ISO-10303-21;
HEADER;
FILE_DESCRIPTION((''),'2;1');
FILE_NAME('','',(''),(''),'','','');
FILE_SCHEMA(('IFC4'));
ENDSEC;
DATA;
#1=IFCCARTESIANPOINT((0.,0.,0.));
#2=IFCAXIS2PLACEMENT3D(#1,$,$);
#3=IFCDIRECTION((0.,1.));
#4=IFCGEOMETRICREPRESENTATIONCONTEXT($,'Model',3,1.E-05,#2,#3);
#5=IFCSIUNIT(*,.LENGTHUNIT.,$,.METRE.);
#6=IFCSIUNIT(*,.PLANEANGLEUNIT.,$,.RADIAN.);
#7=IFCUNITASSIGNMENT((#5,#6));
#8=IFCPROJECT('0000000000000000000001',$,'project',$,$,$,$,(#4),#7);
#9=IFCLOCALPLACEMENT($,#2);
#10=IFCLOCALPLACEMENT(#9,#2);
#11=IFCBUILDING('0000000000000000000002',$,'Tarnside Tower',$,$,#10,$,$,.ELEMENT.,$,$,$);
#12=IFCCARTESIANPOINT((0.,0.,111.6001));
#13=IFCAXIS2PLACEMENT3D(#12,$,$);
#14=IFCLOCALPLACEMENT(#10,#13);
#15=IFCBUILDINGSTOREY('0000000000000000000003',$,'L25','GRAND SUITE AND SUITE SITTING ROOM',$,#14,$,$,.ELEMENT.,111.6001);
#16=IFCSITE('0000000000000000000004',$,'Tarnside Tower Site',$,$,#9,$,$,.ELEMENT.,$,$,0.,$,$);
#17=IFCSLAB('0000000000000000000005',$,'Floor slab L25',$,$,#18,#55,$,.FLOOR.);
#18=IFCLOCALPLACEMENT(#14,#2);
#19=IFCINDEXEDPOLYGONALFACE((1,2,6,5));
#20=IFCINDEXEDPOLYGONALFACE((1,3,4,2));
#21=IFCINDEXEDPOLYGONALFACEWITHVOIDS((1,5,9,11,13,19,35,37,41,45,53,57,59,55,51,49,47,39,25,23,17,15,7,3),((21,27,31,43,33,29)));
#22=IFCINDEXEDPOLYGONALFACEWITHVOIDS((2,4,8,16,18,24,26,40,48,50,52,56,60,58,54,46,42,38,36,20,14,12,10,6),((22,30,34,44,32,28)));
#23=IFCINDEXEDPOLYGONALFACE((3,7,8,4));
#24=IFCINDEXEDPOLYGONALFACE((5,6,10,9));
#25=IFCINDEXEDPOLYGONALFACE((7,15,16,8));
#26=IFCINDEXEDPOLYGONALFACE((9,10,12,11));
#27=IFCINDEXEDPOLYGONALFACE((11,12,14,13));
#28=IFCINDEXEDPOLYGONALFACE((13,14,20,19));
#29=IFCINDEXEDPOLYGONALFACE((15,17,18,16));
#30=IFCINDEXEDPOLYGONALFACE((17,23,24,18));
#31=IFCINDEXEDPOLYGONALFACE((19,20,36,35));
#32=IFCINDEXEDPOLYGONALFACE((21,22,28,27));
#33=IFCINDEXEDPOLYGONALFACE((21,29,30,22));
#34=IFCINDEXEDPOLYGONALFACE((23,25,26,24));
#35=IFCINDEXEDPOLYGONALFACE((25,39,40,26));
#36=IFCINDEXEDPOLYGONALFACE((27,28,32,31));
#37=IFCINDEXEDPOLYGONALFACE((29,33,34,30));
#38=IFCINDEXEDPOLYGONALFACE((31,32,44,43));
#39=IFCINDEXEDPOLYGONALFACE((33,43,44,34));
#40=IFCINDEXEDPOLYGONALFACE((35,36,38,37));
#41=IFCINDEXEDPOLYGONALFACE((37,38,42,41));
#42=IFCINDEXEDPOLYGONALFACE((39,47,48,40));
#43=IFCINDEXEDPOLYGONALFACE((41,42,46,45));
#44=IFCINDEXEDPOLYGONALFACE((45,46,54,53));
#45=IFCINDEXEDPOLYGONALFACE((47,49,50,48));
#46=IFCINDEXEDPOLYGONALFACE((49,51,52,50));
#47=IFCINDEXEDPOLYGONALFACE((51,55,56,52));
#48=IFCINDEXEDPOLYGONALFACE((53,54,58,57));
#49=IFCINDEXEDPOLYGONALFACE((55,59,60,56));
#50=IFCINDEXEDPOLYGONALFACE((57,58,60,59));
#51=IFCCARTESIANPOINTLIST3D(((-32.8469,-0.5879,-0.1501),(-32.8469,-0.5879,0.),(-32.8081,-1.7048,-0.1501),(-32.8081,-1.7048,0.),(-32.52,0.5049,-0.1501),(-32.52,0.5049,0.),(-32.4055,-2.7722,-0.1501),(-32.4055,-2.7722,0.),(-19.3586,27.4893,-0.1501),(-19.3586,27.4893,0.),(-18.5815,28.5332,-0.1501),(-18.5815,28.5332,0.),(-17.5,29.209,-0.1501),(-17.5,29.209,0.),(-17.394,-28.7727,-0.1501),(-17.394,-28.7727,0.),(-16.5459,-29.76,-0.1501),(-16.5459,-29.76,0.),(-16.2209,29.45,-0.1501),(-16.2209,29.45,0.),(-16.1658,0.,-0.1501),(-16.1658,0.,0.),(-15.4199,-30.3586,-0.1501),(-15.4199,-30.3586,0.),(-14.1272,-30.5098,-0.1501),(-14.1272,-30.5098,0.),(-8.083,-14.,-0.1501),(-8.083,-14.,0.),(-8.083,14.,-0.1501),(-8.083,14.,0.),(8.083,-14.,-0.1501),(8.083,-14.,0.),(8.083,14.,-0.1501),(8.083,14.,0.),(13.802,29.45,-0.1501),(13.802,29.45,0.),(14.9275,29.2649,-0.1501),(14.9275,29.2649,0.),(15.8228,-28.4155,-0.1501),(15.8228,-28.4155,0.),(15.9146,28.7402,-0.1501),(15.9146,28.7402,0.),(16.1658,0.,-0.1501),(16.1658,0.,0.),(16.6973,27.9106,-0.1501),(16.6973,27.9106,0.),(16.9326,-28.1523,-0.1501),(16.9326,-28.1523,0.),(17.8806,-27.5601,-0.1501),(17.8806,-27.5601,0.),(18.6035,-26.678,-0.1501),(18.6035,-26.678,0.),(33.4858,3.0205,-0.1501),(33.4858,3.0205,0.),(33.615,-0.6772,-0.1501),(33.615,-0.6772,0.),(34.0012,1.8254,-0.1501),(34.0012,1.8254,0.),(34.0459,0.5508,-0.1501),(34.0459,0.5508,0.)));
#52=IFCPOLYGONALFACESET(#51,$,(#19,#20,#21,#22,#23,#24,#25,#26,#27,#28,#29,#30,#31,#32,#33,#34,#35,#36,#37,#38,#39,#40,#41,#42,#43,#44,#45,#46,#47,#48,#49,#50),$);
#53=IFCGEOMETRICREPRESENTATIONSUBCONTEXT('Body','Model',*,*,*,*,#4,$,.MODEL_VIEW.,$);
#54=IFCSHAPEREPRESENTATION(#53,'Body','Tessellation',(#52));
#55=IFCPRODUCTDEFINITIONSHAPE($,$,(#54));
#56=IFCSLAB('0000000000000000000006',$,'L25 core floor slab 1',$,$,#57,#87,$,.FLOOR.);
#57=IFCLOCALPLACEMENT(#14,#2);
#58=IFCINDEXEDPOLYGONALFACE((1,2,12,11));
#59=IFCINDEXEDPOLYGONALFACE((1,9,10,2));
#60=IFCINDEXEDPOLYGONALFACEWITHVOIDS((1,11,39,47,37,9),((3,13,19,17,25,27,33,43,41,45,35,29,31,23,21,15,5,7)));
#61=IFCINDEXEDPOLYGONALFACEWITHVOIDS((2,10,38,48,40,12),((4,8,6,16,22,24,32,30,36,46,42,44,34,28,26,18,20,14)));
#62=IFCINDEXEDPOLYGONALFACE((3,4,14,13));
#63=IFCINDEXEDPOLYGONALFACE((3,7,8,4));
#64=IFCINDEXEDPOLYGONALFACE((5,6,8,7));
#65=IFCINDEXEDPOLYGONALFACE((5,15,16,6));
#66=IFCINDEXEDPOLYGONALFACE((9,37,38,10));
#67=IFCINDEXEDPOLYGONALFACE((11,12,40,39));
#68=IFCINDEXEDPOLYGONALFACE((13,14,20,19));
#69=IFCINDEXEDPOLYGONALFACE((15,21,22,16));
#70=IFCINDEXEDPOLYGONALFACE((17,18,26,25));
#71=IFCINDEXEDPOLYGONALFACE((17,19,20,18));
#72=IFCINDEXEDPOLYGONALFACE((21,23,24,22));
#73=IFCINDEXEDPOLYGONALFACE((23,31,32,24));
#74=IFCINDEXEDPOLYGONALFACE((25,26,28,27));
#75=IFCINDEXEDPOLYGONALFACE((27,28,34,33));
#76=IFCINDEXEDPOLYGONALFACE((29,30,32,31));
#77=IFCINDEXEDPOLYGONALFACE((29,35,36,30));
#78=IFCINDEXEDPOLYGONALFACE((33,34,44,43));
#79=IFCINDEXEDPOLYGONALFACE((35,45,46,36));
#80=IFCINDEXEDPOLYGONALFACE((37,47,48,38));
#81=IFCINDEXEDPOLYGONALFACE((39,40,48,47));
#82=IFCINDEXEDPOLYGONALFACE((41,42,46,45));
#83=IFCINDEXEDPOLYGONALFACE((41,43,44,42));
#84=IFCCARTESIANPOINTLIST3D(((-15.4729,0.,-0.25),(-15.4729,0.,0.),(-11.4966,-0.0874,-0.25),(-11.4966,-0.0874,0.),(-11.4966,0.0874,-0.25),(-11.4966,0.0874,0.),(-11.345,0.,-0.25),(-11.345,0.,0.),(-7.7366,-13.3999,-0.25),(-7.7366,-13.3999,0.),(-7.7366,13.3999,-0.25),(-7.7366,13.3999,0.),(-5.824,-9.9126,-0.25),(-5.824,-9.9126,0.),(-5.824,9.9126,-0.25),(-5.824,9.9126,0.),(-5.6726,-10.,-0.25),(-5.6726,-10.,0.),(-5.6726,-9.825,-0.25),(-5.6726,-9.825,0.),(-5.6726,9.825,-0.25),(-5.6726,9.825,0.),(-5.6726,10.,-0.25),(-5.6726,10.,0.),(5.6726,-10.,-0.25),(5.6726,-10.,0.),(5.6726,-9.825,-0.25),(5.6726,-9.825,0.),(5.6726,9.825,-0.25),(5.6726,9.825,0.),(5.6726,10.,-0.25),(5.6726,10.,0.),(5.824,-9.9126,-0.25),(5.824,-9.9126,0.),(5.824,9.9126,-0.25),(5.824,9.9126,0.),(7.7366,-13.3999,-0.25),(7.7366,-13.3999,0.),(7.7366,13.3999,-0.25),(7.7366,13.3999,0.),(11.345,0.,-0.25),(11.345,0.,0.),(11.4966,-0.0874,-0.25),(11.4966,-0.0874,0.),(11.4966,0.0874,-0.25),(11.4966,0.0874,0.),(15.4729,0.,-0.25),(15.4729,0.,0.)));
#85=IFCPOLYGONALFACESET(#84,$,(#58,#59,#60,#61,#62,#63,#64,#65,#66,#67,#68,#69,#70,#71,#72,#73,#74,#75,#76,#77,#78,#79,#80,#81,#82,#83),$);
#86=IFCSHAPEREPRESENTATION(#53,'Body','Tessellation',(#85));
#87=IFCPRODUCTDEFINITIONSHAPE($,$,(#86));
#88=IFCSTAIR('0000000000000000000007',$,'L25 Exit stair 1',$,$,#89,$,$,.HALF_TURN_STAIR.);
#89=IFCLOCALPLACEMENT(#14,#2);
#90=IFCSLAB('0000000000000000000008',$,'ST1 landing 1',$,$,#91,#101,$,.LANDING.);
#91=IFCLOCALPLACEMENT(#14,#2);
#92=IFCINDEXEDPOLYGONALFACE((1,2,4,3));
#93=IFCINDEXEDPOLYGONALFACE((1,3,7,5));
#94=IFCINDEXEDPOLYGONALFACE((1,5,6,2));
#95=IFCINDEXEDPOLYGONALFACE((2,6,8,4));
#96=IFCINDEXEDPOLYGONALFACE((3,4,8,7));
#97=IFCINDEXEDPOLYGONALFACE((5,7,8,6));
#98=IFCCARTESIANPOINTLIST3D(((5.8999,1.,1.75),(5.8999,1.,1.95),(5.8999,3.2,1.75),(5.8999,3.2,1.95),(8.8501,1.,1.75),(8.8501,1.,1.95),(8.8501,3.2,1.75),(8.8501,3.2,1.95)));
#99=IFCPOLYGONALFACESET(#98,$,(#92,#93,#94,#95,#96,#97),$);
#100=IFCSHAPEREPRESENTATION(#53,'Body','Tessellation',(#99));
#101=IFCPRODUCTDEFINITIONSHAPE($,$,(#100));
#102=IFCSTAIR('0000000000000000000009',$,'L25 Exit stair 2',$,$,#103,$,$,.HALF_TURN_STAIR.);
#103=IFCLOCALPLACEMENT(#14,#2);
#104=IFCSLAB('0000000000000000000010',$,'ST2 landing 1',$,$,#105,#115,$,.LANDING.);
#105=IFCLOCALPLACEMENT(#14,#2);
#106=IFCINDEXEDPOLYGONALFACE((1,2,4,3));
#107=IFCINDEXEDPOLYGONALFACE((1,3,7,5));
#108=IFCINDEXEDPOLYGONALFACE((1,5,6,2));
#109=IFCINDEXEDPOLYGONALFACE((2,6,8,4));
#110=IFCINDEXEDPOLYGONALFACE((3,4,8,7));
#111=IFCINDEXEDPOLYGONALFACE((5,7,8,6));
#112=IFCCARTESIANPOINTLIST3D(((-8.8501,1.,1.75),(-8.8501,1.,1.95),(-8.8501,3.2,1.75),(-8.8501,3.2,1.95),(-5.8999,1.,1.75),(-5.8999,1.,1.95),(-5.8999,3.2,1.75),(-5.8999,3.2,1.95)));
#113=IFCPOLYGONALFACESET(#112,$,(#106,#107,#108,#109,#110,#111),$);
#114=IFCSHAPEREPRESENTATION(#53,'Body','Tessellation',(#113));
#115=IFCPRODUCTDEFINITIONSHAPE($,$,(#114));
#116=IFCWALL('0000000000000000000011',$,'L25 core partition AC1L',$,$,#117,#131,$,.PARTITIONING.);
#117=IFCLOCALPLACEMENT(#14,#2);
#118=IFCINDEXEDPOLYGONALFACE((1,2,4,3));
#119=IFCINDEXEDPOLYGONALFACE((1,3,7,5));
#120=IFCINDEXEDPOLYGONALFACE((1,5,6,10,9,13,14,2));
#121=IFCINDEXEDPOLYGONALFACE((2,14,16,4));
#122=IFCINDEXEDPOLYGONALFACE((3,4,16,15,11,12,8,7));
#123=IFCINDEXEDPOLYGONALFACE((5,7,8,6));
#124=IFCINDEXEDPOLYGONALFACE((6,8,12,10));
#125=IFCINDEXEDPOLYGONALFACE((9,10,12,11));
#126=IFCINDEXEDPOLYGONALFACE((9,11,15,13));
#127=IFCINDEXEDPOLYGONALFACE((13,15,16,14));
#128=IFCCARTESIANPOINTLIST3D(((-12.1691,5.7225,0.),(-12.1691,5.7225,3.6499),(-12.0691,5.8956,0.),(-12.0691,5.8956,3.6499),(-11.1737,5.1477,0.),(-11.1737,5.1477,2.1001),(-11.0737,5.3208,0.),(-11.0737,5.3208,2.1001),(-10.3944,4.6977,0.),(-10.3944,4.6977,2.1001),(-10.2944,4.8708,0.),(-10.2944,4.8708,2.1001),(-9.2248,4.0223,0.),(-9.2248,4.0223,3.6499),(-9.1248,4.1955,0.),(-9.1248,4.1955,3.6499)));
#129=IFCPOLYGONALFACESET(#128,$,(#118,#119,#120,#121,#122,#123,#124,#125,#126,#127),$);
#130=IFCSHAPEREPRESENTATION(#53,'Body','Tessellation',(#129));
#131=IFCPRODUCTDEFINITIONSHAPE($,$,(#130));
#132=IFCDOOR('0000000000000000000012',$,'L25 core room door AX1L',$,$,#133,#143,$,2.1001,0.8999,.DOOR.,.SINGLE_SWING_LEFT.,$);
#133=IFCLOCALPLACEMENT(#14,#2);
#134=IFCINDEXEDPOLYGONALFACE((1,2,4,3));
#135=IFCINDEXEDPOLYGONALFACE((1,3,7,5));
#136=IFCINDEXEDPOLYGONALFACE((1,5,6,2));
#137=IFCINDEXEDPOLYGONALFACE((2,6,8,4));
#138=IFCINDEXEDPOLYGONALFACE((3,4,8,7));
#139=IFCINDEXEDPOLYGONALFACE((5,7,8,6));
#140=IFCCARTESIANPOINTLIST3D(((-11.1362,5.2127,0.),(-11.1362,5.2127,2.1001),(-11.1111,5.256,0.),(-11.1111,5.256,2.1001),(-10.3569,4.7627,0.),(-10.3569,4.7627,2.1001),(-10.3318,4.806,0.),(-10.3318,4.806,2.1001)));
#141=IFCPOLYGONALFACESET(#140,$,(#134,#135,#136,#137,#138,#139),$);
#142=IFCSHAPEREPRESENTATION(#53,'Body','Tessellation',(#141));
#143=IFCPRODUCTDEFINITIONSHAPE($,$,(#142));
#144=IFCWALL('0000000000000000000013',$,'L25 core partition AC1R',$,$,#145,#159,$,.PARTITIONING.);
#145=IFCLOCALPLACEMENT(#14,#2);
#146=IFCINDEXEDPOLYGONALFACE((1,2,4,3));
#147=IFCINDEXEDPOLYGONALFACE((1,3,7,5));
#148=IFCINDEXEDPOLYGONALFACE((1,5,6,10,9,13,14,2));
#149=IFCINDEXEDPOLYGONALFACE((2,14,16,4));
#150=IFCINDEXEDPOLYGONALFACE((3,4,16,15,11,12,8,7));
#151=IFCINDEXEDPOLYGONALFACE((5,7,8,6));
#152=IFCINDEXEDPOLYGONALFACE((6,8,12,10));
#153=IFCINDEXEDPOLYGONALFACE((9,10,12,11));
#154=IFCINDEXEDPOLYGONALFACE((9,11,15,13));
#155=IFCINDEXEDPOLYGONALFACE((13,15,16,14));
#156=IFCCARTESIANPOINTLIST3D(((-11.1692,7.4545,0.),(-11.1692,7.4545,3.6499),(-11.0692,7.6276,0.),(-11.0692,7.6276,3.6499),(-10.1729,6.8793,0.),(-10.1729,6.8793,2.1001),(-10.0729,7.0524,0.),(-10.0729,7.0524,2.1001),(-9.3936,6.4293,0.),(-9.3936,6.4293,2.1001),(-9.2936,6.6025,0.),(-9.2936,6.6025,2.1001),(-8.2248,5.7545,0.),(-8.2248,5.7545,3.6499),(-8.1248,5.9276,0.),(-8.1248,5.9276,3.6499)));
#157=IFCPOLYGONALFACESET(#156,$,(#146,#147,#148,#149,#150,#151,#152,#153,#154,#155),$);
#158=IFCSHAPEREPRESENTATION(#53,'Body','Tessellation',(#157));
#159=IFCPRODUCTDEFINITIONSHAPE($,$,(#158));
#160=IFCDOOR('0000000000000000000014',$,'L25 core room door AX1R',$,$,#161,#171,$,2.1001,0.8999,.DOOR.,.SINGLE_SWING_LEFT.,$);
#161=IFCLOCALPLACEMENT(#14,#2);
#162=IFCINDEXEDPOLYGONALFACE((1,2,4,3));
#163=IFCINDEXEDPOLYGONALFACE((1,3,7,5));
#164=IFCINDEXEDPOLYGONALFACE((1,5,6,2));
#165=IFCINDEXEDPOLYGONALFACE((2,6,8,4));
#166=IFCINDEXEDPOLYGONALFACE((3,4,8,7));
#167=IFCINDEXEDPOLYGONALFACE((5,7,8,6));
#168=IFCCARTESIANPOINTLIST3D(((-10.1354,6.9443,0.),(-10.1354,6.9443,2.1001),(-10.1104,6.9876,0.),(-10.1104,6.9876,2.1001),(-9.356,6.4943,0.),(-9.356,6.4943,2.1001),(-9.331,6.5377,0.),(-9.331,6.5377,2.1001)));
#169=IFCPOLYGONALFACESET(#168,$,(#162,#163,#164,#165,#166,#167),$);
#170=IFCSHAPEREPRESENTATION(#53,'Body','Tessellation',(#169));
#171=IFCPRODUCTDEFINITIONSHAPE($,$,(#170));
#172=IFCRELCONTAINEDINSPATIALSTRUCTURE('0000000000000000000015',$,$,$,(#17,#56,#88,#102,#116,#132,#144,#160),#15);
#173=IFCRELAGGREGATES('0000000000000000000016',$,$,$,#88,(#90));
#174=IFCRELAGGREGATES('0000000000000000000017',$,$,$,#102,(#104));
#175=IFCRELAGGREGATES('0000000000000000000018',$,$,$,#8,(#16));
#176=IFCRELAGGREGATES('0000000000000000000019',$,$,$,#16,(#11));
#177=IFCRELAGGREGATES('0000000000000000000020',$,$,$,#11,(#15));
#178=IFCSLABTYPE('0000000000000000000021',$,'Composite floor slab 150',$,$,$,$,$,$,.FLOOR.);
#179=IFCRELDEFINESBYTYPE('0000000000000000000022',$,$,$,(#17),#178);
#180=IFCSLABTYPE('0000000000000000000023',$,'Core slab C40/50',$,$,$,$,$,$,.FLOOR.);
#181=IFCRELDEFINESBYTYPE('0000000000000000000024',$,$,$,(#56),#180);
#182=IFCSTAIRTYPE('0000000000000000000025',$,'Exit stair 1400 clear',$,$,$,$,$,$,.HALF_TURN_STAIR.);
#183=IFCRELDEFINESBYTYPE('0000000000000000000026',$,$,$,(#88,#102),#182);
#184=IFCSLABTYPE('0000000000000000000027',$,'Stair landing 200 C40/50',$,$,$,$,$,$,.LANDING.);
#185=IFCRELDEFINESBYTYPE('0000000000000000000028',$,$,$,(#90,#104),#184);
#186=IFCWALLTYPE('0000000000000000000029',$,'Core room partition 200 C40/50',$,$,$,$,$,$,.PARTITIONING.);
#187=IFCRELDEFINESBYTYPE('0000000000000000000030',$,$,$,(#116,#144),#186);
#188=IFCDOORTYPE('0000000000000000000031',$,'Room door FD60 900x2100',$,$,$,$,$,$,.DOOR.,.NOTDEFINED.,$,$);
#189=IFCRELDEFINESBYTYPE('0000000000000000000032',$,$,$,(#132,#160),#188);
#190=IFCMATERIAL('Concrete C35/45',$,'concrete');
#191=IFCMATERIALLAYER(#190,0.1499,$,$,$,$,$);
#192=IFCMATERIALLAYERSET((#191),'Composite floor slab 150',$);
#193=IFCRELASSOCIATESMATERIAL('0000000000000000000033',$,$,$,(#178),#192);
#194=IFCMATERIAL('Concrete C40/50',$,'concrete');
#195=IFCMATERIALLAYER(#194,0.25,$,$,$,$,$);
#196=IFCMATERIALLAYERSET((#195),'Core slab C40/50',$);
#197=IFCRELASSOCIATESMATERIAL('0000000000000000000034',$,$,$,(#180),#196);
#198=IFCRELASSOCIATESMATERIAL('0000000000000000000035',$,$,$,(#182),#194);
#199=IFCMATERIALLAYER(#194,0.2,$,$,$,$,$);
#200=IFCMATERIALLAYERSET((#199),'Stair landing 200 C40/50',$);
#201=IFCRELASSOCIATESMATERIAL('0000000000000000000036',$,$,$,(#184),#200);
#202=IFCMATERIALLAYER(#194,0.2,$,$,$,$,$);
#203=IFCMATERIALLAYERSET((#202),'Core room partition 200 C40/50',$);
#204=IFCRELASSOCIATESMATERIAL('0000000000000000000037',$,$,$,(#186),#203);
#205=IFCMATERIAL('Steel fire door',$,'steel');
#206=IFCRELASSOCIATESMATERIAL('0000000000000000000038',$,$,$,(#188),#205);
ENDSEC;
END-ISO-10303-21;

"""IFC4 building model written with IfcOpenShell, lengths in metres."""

from ifc_helpers import new_model, si_unit, direction, frame, frame_2d, origin, place, context, subcontext, project, spatial, polyline, rectangle, outline, extrude, material, layer, layer_set, type_object, element, fill, aggregate, save


model = new_model("IFC4")

# Units and contexts
model_context = context("Model", 3, precision=1e-05, world=origin(), true_north=direction((0.0, 1.0)))
body_context = subcontext(model_context, "Body", "Model", "MODEL_VIEW")
ifc_project = project(units=[si_unit("LENGTHUNIT", "METRE"), si_unit("PLANEANGLEUNIT", "RADIAN")], contexts=[model_context])

# Site, building, storey
site_placement = place(None, origin())
site = spatial("IfcSite", under=ifc_project, at=site_placement, Name="Tarnside Tower Site", CompositionType="ELEMENT", RefElevation=0.0)
building_placement = place(site_placement, origin())
building = spatial("IfcBuilding", under=site, at=building_placement, Name="Tarnside Tower", CompositionType="ELEMENT")
storey_placement = place(building_placement, frame((0.0, 0.0, 111.6001)))
storey = spatial("IfcBuildingStorey", under=building, at=storey_placement, Name="L25", Description="GRAND SUITE AND SUITE SITTING ROOM", CompositionType="ELEMENT", Elevation=111.6001)

# Slabs
ifc_material_1 = material(Name="Concrete C35/45", Category="concrete")
ifc_layer_1 = layer(ifc_material_1, 0.1499)
ifc_layer_set_1 = layer_set([ifc_layer_1], Name="Composite floor slab 150")
slab_type_1 = type_object("IfcSlabType", Name="Composite floor slab 150", PredefinedType="FLOOR", material=ifc_layer_set_1)
slab_1_placement = place(storey_placement, frame((0.0, 0.0, -0.1501)))
element("IfcSlab", 1, at=slab_1_placement, inside=storey, type_object=slab_type_1, Name="Floor slab L25", PredefinedType="FLOOR", context=body_context, shape_type="SweptSolid", body=[
    extrude(outline(polyline([(14.9275, 29.2649), (15.9146, 28.7402), (16.6973, 27.9106), (33.4858, 3.0205), (34.0012, 1.8254), (34.0459, 0.5508), (33.615, -0.6772), (18.6035, -26.678), (17.8806, -27.5601), (16.9326, -28.1523), (15.8228, -28.4155), (-14.1272, -30.5098), (-15.4199, -30.3586), (-16.5459, -29.76), (-17.394, -28.7727), (-32.4055, -2.7722), (-32.8081, -1.7048), (-32.8469, -0.5879), (-32.52, 0.5049), (-19.3586, 27.4893), (-18.5815, 28.5332), (-17.5, 29.209), (-16.2209, 29.45), (13.802, 29.45), (14.9275, 29.2649)]), holes=[polyline([(-16.1658, 0.0), (-8.083, -14.0), (8.083, -14.0), (16.1658, 0.0), (8.083, 14.0), (-8.083, 14.0), (-16.1658, 0.0)])]), origin(), (0.0, 0.0, 1.0), 0.1501),
])
ifc_material_2 = material(Name="Concrete C40/50", Category="concrete")
ifc_layer_2 = layer(ifc_material_2, 0.25)
ifc_layer_set_2 = layer_set([ifc_layer_2], Name="Core slab C40/50")
slab_type_2 = type_object("IfcSlabType", Name="Core slab C40/50", PredefinedType="FLOOR", material=ifc_layer_set_2)
slab_2_placement = place(storey_placement, frame((0.0, 0.0, -0.25)))
element("IfcSlab", 2, at=slab_2_placement, inside=storey, type_object=slab_type_2, Name="L25 core floor slab 1", PredefinedType="FLOOR", context=body_context, shape_type="SweptSolid", body=[
    extrude(outline(polyline([(-15.4729, 0.0), (-7.7366, 13.3999), (7.7366, 13.3999), (15.4729, 0.0), (7.7366, -13.3999), (-7.7366, -13.3999), (-15.4729, 0.0)]), holes=[polyline([(5.824, -9.9126), (11.4966, -0.0874), (11.345, 0.0), (11.4966, 0.0874), (5.824, 9.9126), (5.6726, 9.825), (5.6726, 10.0), (-5.6726, 10.0), (-5.6726, 9.825), (-5.824, 9.9126), (-11.4966, 0.0874), (-11.345, 0.0), (-11.4966, -0.0874), (-5.824, -9.9126), (-5.6726, -9.825), (-5.6726, -10.0), (5.6726, -10.0), (5.6726, -9.825), (5.824, -9.9126)])]), origin(), (0.0, 0.0, 1.0), 0.25),
])

# Stairs, slabs
stair_type = type_object("IfcStairType", Name="Exit stair 1400 clear", PredefinedType="HALF_TURN_STAIR", material=ifc_material_2)
stair_1_placement = place(storey_placement, origin())
stair_1 = element("IfcStair", 3, at=stair_1_placement, inside=storey, type_object=stair_type, Name="L25 Exit stair 1", PredefinedType="HALF_TURN_STAIR")
ifc_layer_3 = layer(ifc_material_2, 0.2)
ifc_layer_set_3 = layer_set([ifc_layer_3], Name="Stair landing 200 C40/50")
slab_type_3 = type_object("IfcSlabType", Name="Stair landing 200 C40/50", PredefinedType="LANDING", material=ifc_layer_set_3)
slab_3_placement = place(storey_placement, frame((0.0, 0.0, 1.75)))
slab_3 = element("IfcSlab", 4, at=slab_3_placement, type_object=slab_type_3, Name="ST1 landing 1", PredefinedType="LANDING", context=body_context, shape_type="SweptSolid", body=[
    extrude(outline(polyline([(8.8501, 1.0), (8.8501, 3.2), (5.8999, 3.2), (5.8999, 1.0), (8.8501, 1.0)])), origin(), (0.0, 0.0, 1.0), 0.2),
])
aggregate(stair_1, [slab_3])
stair_2_placement = place(storey_placement, origin())
stair_2 = element("IfcStair", 5, at=stair_2_placement, inside=storey, type_object=stair_type, Name="L25 Exit stair 2", PredefinedType="HALF_TURN_STAIR")
slab_4_placement = place(storey_placement, frame((0.0, 0.0, 1.75)))
slab_4 = element("IfcSlab", 6, at=slab_4_placement, type_object=slab_type_3, Name="ST2 landing 1", PredefinedType="LANDING", context=body_context, shape_type="SweptSolid", body=[
    extrude(outline(polyline([(-5.8999, 1.0), (-5.8999, 3.2), (-8.8501, 3.2), (-8.8501, 1.0), (-5.8999, 1.0)])), origin(), (0.0, 0.0, 1.0), 0.2),
])

# Walls, openings, doors
ifc_layer_4 = layer(ifc_material_2, 0.2)
ifc_layer_set_4 = layer_set([ifc_layer_4], Name="Core room partition 200 C40/50")
wall_type_1 = type_object("IfcWallType", Name="Core room partition 200 C40/50", PredefinedType="PARTITIONING", material=ifc_layer_set_4)
wall_1_placement = place(storey_placement, frame((-9.1748, 4.1089, 0.0), z_axis=(0.0, 0.0, 1.0), x_axis=(-0.865989, 0.500062, 0.0)))
wall_1 = element("IfcWall", 7, at=wall_1_placement, inside=storey, type_object=wall_type_1, Name="L25 core partition AC1L", PredefinedType="PARTITIONING", context=body_context, shape_type="SweptSolid", body=[
    extrude(rectangle(XDim=3.3999, YDim=0.2, at=frame_2d((1.7, 0.0))), origin(), (0.0, 0.0, 1.0), 3.6499),
])
opening_1_placement = place(wall_1_placement, frame((1.3506, 0.0, 0.0)))
opening_1 = element("IfcOpeningElement", 8, at=opening_1_placement, cuts=wall_1, PredefinedType="OPENING", context=body_context, shape_type="SweptSolid", body=[
    extrude(rectangle(XDim=0.8999, YDim=2.1001, at=frame_2d((0.45, 1.05))), frame((0.0, 0.1099, 0.0), z_axis=(0.0, -1.0, 0.0), x_axis=(1.0, 0.0, 0.0)), (0.0, 0.0, 1.0), 0.22),
])
ifc_material_3 = material(Name="Steel fire door", Category="steel")
door_type_1 = type_object("IfcDoorType", Name="Room door FD60 900x2100", OperationType="NOTDEFINED", PredefinedType="DOOR", material=ifc_material_3)
door_1_placement = place(opening_1_placement, origin())
door_1 = element("IfcDoor", 9, at=door_1_placement, inside=storey, type_object=door_type_1, Name="L25 core room door AX1L", OperationType="SINGLE_SWING_LEFT", OverallHeight=2.1001, OverallWidth=0.8999, PredefinedType="DOOR", context=body_context, shape_type="SweptSolid", body=[
    extrude(rectangle(XDim=0.8999, YDim=2.1001, at=frame_2d((0.45, 1.05))), frame((0.0, 0.0249, 0.0), z_axis=(0.0, -1.0, 0.0), x_axis=(1.0, 0.0, 0.0)), (0.0, 0.0, 1.0), 0.05),
])
fill(opening_1, door_1)
wall_2_placement = place(storey_placement, frame((-8.1748, 5.8411, 0.0), z_axis=(0.0, 0.0, 1.0), x_axis=(-0.866021, 0.500008, 0.0)))
wall_2 = element("IfcWall", 10, at=wall_2_placement, inside=storey, type_object=wall_type_1, Name="L25 core partition AC1R", PredefinedType="PARTITIONING", context=body_context, shape_type="SweptSolid", body=[
    extrude(rectangle(XDim=3.3999, YDim=0.2, at=frame_2d((1.7, 0.0))), origin(), (0.0, 0.0, 1.0), 3.6499),
])
opening_2_placement = place(wall_2_placement, frame((1.3496, 0.0, 0.0)))
opening_2 = element("IfcOpeningElement", 11, at=opening_2_placement, cuts=wall_2, PredefinedType="OPENING", context=body_context, shape_type="SweptSolid", body=[
    extrude(rectangle(XDim=0.8999, YDim=2.1001, at=frame_2d((0.45, 1.05))), frame((0.0, 0.1099, 0.0), z_axis=(0.0, -1.0, 0.0), x_axis=(1.0, 0.0, 0.0)), (0.0, 0.0, 1.0), 0.22),
])
door_2_placement = place(opening_2_placement, origin())
door_2 = element("IfcDoor", 12, at=door_2_placement, inside=storey, type_object=door_type_1, Name="L25 core room door AX1R", OperationType="SINGLE_SWING_LEFT", OverallHeight=2.1001, OverallWidth=0.8999, PredefinedType="DOOR", context=body_context, shape_type="SweptSolid", body=[
    extrude(rectangle(XDim=0.8999, YDim=2.1001, at=frame_2d((0.45, 1.05))), frame((0.0, 0.0249, 0.0), z_axis=(0.0, -1.0, 0.0), x_axis=(1.0, 0.0, 0.0)), (0.0, 0.0, 1.0), 0.05),
])
fill(opening_2, door_2)

aggregate(stair_2, [slab_4])

save(model, "model.ifc")
